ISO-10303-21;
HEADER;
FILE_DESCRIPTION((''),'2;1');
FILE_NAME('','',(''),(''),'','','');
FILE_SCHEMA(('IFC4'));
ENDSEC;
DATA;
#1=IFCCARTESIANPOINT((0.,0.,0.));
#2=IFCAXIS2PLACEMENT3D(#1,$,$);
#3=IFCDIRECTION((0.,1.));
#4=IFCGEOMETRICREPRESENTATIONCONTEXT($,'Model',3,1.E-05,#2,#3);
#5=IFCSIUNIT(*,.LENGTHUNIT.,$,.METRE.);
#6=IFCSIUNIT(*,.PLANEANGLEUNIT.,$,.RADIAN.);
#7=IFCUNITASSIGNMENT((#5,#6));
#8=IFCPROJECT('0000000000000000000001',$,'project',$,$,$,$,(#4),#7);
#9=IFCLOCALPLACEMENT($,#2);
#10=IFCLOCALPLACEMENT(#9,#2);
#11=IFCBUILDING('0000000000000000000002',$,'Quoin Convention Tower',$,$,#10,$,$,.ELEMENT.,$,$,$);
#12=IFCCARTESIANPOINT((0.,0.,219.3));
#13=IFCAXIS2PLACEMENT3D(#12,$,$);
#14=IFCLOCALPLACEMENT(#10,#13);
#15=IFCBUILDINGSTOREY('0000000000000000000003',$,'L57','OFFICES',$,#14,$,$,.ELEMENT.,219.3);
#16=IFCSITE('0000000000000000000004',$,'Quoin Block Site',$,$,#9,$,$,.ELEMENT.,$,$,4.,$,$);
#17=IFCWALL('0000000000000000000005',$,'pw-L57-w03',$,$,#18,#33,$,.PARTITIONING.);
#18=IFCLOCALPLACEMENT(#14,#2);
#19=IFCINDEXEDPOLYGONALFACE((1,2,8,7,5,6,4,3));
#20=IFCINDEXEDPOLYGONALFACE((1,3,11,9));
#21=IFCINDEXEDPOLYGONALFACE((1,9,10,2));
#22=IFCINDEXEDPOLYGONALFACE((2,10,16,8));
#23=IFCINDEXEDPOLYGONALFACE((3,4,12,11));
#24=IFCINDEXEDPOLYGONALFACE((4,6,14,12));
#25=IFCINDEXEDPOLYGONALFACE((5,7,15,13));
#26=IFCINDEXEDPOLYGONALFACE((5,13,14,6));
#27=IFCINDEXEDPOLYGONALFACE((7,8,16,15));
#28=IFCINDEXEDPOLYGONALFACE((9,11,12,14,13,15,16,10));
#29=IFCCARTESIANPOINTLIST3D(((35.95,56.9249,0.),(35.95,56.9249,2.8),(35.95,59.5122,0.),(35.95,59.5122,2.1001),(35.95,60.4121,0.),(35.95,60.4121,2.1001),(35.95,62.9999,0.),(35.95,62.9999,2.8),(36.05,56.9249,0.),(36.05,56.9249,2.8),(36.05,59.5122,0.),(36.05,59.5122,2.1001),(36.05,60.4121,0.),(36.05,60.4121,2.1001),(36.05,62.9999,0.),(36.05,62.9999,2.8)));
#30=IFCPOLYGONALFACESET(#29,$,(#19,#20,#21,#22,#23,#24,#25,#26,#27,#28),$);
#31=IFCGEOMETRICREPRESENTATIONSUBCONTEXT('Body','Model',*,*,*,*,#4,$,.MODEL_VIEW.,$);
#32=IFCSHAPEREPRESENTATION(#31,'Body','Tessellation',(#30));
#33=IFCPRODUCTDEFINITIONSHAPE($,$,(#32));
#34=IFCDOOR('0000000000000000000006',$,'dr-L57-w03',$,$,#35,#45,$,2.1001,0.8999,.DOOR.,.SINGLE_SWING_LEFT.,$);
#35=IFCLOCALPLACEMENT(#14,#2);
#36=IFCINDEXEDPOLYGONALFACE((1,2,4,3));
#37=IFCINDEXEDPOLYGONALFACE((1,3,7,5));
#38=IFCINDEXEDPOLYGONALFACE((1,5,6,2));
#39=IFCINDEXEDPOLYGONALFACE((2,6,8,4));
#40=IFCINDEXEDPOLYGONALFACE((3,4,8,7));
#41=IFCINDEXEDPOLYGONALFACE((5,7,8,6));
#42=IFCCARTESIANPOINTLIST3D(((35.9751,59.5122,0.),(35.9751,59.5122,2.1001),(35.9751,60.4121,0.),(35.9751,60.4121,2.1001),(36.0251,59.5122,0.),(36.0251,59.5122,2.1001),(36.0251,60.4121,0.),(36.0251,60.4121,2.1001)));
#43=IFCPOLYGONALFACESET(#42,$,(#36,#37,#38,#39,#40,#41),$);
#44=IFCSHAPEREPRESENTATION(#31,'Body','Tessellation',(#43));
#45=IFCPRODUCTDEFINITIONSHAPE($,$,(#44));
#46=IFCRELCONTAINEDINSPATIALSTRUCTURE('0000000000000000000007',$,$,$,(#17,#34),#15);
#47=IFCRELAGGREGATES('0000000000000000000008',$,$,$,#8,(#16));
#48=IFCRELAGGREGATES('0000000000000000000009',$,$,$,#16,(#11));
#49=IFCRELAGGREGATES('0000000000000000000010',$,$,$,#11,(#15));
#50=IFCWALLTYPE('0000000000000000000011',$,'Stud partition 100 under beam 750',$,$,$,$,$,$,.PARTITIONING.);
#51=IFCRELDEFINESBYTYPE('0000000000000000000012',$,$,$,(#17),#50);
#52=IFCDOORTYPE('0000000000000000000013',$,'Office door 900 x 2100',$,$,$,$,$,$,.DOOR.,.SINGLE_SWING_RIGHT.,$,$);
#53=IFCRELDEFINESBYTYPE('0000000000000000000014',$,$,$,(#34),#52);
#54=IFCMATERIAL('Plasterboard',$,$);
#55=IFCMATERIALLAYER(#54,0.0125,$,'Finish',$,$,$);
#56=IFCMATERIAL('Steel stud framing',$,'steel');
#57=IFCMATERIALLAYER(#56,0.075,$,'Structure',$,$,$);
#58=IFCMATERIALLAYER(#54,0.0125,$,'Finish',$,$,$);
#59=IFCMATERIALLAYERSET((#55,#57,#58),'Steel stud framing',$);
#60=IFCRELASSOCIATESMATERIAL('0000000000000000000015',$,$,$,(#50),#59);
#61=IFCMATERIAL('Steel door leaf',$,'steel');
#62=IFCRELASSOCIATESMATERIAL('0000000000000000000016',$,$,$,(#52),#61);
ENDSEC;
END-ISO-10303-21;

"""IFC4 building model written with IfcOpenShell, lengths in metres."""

from ifc_helpers import new_model, si_unit, direction, frame, frame_2d, origin, place, context, subcontext, project, spatial, rectangle, extrude, material, layer, layer_set, type_object, element, fill, save


model = new_model("IFC4")

# Units and contexts
model_context = context("Model", 3, precision=1e-05, world=origin(), true_north=direction((0.0, 1.0)))
body_context = subcontext(model_context, "Body", "Model", "MODEL_VIEW")
ifc_project = project(units=[si_unit("LENGTHUNIT", "METRE"), si_unit("PLANEANGLEUNIT", "RADIAN")], contexts=[model_context])

# Site, building, storey
site_placement = place(None, origin())
site = spatial("IfcSite", under=ifc_project, at=site_placement, Name="Quoin Block Site", CompositionType="ELEMENT", RefElevation=4.0)
building_placement = place(site_placement, origin())
building = spatial("IfcBuilding", under=site, at=building_placement, Name="Quoin Convention Tower", CompositionType="ELEMENT")
storey_placement = place(building_placement, frame((0.0, 0.0, 219.3)))
storey = spatial("IfcBuildingStorey", under=building, at=storey_placement, Name="L57", Description="OFFICES", CompositionType="ELEMENT", Elevation=219.3)

# Shared definitions
ifc_material_1 = material(Name="Plasterboard")
ifc_material_2 = material(Name="Steel stud framing", Category="steel")

# Wall, opening, door
ifc_layer_1 = layer(ifc_material_1, 0.0125, Name="Finish")
ifc_layer_2 = layer(ifc_material_2, 0.075, Name="Structure")
ifc_layer_3 = layer(ifc_material_1, 0.0125, Name="Finish")
ifc_layer_set_1 = layer_set([ifc_layer_1, ifc_layer_2, ifc_layer_3], Name="Steel stud framing")
wall_type_1 = type_object("IfcWallType", Name="Stud partition 100 under beam 750", PredefinedType="PARTITIONING", material=ifc_layer_set_1)
wall_1_placement = place(storey_placement, frame((36.0, 63.0, 0.0), z_axis=(0.0, 0.0, 1.0), x_axis=(0.0, -1.0, 0.0)))
wall_1 = element("IfcWall", 1, at=wall_1_placement, inside=storey, type_object=wall_type_1, Name="pw-L57-w03", PredefinedType="PARTITIONING", context=body_context, shape_type="SweptSolid", body=[
    extrude(rectangle(XDim=6.075, YDim=0.1001, at=frame_2d((3.0376, 0.0))), origin(), (0.0, 0.0, 1.0), 2.8),
])
opening_1_placement = place(wall_1_placement, frame((2.5879, 0.0, 0.0)))
opening_1 = element("IfcOpeningElement", 2, at=opening_1_placement, cuts=wall_1, PredefinedType="OPENING", context=body_context, shape_type="SweptSolid", body=[
    extrude(rectangle(XDim=0.8999, YDim=2.1001, at=frame_2d((0.45, 1.05))), frame((0.0, 0.0601, 0.0), z_axis=(0.0, -1.0, 0.0), x_axis=(1.0, 0.0, 0.0)), (0.0, 0.0, 1.0), 0.1201),
])
ifc_material_3 = material(Name="Steel door leaf", Category="steel")
door_type = type_object("IfcDoorType", Name="Office door 900 x 2100", OperationType="SINGLE_SWING_RIGHT", PredefinedType="DOOR", material=ifc_material_3)
door_placement = place(opening_1_placement, frame((0.8999, 0.0, 0.0), z_axis=(0.0, 0.0, 1.0), x_axis=(-1.0, 0.0, 0.0)))
door = element("IfcDoor", 3, at=door_placement, inside=storey, type_object=door_type, Name="dr-L57-w03", OperationType="SINGLE_SWING_LEFT", OverallHeight=2.1001, OverallWidth=0.8999, PredefinedType="DOOR", context=body_context, shape_type="SweptSolid", body=[
    extrude(rectangle(XDim=0.8999, YDim=2.1001, at=frame_2d((0.45, 1.05))), frame((0.0, 0.0249, 0.0), z_axis=(0.0, -1.0, 0.0), x_axis=(1.0, 0.0, 0.0)), (0.0, 0.0, 1.0), 0.05),
])
fill(opening_1, door)

save(model, "model.ifc")
